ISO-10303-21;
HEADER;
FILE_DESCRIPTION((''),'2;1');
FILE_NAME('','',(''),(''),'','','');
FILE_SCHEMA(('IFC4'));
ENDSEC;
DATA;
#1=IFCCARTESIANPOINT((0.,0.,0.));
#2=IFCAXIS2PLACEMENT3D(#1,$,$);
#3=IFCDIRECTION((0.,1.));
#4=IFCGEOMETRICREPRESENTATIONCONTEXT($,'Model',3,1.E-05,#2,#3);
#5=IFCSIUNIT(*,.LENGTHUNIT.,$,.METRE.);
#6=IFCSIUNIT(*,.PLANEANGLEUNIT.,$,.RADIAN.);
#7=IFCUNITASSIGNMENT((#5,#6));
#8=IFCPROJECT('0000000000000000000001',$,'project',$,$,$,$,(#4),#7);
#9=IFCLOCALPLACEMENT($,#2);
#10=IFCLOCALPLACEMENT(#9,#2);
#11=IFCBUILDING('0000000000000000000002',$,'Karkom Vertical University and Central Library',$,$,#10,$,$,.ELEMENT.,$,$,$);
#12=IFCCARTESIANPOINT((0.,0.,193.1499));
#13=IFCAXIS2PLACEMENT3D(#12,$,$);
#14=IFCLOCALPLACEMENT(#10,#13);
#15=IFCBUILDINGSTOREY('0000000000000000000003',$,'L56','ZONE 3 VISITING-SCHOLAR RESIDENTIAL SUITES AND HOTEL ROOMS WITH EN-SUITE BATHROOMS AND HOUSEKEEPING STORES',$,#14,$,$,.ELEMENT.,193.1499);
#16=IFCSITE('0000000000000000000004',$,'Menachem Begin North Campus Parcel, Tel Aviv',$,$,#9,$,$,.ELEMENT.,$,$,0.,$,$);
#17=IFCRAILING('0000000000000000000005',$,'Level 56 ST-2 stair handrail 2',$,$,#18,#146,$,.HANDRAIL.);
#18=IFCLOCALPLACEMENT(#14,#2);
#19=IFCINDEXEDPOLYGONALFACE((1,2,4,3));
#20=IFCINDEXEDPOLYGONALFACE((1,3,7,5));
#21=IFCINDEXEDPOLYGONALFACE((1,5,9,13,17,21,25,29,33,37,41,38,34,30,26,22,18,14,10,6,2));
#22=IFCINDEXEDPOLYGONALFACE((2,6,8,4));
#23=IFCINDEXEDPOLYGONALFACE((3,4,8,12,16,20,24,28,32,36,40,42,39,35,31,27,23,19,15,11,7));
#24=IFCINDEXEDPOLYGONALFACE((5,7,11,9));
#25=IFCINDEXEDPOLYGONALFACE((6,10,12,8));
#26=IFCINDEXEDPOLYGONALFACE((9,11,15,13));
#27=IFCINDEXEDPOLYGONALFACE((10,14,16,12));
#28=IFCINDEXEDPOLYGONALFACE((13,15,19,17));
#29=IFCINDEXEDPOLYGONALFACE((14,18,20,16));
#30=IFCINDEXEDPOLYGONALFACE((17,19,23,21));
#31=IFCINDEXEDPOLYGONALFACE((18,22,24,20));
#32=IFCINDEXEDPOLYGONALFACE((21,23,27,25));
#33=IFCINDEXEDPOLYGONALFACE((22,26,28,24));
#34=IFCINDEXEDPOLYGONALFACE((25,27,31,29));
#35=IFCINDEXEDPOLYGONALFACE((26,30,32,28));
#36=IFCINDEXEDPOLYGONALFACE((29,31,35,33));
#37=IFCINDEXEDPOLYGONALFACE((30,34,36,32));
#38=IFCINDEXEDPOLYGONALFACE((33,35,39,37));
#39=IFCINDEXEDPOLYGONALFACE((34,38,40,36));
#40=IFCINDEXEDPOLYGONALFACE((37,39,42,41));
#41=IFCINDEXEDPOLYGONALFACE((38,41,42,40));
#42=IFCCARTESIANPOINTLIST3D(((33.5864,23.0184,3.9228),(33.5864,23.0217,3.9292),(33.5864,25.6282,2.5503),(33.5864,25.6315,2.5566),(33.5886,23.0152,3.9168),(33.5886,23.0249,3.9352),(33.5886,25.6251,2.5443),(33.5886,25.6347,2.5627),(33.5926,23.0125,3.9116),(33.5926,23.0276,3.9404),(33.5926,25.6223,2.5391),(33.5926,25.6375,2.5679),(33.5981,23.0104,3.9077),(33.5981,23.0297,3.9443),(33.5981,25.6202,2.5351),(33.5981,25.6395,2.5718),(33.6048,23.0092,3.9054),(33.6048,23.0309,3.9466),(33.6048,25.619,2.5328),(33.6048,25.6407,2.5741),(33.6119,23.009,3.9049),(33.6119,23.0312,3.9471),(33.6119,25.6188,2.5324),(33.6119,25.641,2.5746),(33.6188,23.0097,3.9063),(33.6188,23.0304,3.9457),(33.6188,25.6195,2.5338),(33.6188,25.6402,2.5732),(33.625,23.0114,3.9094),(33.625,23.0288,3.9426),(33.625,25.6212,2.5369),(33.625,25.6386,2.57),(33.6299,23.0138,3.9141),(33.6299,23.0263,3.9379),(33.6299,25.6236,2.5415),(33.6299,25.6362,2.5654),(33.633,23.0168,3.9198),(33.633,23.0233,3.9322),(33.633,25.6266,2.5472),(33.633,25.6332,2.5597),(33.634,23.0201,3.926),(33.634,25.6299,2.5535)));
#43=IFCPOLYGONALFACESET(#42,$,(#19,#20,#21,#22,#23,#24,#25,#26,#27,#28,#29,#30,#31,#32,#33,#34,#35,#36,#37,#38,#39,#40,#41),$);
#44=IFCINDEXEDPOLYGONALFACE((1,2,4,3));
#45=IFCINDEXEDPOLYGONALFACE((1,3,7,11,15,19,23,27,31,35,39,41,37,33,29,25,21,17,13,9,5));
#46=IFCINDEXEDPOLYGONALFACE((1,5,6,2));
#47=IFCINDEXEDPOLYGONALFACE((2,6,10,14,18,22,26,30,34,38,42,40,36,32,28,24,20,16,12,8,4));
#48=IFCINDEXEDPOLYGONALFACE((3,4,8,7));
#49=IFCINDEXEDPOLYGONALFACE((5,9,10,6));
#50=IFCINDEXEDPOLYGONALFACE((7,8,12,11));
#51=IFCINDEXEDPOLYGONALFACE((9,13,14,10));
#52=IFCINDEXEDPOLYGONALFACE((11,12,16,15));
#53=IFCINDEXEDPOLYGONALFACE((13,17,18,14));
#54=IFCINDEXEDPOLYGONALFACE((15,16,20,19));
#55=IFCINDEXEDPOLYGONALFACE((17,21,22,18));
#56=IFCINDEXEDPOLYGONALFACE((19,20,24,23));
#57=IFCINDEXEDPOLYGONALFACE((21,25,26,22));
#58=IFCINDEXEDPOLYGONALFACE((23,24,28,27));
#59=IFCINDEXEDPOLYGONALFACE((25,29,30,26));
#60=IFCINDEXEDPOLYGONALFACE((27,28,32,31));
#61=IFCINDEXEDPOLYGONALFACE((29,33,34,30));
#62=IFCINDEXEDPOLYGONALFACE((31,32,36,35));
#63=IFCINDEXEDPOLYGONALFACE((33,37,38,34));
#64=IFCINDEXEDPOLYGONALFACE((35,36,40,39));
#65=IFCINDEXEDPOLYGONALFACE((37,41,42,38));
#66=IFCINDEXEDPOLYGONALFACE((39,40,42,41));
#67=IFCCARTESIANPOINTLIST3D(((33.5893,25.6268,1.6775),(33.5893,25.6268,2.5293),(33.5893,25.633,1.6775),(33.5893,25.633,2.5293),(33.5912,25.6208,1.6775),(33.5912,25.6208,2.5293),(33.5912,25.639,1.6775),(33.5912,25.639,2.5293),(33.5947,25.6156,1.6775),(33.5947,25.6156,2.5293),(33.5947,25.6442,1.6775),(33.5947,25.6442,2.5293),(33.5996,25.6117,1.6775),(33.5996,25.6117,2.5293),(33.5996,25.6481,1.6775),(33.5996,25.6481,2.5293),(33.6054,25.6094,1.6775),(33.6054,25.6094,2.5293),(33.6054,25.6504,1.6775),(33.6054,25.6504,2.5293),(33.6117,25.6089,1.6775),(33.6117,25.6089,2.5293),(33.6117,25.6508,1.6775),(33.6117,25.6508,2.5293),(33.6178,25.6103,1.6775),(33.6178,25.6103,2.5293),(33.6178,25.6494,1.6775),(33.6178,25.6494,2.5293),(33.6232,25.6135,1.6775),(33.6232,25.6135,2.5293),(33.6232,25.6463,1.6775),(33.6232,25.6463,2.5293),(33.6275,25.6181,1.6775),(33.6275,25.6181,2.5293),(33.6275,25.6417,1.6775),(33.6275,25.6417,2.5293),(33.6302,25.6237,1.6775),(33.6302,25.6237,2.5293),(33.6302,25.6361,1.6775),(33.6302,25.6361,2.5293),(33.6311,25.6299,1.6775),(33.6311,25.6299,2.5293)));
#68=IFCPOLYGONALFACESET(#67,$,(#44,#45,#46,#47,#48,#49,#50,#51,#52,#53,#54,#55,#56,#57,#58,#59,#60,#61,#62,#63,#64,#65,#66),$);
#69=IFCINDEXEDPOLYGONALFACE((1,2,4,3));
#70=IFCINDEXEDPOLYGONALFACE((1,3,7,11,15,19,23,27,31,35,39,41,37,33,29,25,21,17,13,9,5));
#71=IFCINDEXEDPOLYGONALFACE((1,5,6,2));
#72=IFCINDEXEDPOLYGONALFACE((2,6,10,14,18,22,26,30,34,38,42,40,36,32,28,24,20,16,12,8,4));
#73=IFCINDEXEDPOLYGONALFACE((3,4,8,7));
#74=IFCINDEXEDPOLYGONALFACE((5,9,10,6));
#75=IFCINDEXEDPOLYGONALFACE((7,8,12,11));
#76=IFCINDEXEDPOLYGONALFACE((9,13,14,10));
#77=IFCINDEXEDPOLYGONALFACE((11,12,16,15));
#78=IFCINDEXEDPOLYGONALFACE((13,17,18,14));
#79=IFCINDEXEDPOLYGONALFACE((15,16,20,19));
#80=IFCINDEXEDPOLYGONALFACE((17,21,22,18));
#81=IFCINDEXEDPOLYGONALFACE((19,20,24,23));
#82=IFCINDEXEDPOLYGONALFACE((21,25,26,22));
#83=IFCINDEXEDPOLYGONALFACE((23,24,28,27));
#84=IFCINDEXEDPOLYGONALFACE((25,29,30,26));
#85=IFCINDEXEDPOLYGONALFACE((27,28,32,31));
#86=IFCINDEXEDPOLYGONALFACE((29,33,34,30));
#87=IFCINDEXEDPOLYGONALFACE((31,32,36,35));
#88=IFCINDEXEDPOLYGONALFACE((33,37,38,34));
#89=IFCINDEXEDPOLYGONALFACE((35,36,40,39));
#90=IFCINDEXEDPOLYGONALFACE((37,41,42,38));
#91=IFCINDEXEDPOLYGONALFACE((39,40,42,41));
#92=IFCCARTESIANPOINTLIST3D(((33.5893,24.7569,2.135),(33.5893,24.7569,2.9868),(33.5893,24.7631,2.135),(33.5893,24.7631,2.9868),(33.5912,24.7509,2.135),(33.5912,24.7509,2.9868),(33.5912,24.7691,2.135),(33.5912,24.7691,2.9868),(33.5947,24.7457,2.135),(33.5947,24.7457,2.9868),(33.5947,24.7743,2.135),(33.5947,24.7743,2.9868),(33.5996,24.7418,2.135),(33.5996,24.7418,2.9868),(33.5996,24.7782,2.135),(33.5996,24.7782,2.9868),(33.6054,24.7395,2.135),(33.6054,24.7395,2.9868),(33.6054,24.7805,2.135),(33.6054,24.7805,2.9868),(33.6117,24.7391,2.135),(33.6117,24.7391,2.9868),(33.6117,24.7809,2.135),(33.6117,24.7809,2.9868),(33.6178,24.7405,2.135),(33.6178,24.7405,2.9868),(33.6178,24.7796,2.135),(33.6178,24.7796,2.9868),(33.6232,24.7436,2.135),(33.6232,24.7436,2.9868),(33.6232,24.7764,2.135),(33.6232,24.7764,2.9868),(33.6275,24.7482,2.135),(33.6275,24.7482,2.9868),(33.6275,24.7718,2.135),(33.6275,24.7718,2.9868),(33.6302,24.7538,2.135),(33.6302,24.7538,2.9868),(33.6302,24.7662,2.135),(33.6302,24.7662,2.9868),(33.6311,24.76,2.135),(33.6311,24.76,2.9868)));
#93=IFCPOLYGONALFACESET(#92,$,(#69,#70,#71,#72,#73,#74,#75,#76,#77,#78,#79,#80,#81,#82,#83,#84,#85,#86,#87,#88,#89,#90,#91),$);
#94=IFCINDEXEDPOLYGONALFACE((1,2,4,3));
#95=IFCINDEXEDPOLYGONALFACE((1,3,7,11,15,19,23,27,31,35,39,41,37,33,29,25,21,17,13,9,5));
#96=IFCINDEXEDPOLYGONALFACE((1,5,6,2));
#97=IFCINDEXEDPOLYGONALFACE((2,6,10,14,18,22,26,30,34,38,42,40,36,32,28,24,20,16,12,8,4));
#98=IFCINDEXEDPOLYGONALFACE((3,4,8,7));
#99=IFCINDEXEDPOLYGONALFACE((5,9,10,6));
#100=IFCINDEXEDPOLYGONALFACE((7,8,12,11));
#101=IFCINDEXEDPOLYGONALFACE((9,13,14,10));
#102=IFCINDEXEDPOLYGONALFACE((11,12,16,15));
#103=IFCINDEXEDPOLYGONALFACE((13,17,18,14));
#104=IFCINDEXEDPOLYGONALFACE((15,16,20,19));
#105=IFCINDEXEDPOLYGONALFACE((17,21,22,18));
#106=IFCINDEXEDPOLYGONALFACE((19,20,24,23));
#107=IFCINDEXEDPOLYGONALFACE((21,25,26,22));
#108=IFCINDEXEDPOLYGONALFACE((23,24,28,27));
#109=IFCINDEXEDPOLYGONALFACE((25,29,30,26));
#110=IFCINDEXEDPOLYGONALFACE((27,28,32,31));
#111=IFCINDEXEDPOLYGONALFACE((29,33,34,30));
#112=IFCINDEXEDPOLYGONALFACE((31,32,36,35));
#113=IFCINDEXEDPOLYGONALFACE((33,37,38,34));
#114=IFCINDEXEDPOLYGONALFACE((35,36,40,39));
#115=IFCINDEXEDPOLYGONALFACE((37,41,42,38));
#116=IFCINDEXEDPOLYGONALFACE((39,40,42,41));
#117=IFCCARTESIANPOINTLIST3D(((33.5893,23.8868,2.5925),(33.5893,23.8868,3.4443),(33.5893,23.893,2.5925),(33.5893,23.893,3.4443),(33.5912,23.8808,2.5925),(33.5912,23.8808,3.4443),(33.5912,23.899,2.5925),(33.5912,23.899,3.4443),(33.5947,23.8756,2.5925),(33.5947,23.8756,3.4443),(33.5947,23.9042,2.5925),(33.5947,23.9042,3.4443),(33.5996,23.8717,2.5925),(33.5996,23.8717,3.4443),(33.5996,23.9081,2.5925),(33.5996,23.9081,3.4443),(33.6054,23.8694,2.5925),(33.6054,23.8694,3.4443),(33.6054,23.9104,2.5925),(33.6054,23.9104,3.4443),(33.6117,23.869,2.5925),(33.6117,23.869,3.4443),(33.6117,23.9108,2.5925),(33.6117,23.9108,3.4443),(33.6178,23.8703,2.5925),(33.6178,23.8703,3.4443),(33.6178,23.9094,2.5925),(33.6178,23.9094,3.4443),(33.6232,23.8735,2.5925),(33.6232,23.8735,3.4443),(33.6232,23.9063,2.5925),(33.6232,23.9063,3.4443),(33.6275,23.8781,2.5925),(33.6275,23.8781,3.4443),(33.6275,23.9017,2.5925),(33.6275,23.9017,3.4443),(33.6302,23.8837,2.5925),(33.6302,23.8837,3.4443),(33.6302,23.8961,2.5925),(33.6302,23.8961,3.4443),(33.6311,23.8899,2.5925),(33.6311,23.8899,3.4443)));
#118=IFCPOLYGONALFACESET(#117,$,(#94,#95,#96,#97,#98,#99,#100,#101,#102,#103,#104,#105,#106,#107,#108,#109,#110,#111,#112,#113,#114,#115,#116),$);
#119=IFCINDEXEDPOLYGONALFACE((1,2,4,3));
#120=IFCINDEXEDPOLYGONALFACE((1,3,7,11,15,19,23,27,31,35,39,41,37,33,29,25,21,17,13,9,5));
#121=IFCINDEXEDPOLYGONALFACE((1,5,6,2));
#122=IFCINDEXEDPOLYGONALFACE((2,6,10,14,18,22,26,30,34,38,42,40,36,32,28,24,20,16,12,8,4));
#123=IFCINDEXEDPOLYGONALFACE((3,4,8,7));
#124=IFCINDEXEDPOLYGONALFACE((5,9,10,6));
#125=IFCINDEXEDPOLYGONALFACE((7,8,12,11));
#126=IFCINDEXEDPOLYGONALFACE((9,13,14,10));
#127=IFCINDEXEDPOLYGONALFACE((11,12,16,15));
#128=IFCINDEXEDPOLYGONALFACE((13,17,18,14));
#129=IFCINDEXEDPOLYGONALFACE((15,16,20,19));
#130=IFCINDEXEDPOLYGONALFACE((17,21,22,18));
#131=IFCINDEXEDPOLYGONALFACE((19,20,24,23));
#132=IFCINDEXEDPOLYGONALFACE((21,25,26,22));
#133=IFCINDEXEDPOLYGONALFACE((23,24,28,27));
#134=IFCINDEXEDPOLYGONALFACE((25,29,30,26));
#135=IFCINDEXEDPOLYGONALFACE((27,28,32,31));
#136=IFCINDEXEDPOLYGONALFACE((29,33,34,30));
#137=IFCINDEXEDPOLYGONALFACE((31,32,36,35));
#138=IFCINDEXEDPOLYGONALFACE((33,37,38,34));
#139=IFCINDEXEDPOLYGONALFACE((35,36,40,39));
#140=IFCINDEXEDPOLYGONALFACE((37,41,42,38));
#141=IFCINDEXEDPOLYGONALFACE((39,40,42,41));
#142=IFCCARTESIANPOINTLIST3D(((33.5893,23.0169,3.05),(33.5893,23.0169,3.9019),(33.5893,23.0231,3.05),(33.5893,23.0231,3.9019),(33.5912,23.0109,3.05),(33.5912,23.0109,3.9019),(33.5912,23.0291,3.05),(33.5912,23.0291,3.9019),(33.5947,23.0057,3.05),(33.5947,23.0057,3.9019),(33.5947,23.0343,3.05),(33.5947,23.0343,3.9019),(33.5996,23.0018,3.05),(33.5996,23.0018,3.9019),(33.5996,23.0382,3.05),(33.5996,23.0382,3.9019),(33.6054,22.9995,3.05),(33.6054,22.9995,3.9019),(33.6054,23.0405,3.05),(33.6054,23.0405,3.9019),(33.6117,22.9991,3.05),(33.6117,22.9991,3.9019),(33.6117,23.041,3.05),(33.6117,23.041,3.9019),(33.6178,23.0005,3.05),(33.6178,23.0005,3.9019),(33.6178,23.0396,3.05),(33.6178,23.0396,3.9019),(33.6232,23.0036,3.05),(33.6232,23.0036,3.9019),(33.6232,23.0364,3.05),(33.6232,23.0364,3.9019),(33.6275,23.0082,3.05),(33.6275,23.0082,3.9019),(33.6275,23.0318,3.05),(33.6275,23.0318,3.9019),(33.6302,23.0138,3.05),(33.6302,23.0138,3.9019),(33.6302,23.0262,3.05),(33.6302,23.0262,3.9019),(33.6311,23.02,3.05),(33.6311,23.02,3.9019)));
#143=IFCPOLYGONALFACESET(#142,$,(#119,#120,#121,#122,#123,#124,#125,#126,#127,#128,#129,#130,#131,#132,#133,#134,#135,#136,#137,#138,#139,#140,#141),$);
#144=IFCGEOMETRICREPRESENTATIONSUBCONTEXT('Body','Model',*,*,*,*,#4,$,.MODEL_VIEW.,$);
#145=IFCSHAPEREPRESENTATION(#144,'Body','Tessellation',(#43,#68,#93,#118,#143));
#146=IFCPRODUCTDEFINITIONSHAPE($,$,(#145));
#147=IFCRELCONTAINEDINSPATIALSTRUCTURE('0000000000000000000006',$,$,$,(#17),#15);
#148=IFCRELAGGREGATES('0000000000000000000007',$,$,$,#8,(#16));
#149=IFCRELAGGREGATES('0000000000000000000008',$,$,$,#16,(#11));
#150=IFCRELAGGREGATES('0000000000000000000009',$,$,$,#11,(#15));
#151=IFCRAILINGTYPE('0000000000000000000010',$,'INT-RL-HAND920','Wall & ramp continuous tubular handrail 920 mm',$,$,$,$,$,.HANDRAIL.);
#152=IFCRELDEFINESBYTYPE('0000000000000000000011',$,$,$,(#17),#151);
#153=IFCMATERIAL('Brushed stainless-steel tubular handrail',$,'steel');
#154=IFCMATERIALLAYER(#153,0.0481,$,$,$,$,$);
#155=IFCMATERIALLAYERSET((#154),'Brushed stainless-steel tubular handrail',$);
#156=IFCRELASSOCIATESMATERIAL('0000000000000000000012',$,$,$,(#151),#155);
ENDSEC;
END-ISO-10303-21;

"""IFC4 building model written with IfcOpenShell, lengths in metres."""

from ifc_helpers import new_model, si_unit, direction, frame, origin, origin_2d, place, context, subcontext, project, spatial, circle, extrude, material, layer, layer_set, type_object, element, save


model = new_model("IFC4")

# Units and contexts
model_context = context("Model", 3, precision=1e-05, world=origin(), true_north=direction((0.0, 1.0)))
body_context = subcontext(model_context, "Body", "Model", "MODEL_VIEW")
ifc_project = project(units=[si_unit("LENGTHUNIT", "METRE"), si_unit("PLANEANGLEUNIT", "RADIAN")], contexts=[model_context])

# Site, building, storey
site_placement = place(None, origin())
site = spatial("IfcSite", under=ifc_project, at=site_placement, Name="Menachem Begin North Campus Parcel, Tel Aviv", CompositionType="ELEMENT", RefElevation=0.0)
building_placement = place(site_placement, origin())
building = spatial("IfcBuilding", under=site, at=building_placement, Name="Karkom Vertical University and Central Library", CompositionType="ELEMENT")
storey_placement = place(building_placement, frame((0.0, 0.0, 193.1499)))
storey = spatial("IfcBuildingStorey", under=building, at=storey_placement, Name="L56", Description="ZONE 3 VISITING-SCHOLAR RESIDENTIAL SUITES AND HOTEL ROOMS WITH EN-SUITE BATHROOMS AND HOUSEKEEPING STORES", CompositionType="ELEMENT", Elevation=193.1499)

# Railing
ifc_material_1 = material(Name="Brushed stainless-steel tubular handrail", Category="steel")
ifc_layer_1 = layer(ifc_material_1, 0.0481)
ifc_layer_set_1 = layer_set([ifc_layer_1], Name="Brushed stainless-steel tubular handrail")
railing_type_1 = type_object("IfcRailingType", Name="INT-RL-HAND920", Description="Wall & ramp continuous tubular handrail 920 mm", PredefinedType="HANDRAIL", material=ifc_layer_set_1)
railing_1_placement = place(storey_placement, frame((33.6101, 25.6299, 1.6775)))
element("IfcRailing", 1, at=railing_1_placement, inside=storey, type_object=railing_type_1, Name="Level 56 ST-2 stair handrail 2", PredefinedType="HANDRAIL", context=body_context, shape_type="SweptSolid", body=[
    extrude(circle(Radius=0.0239, at=origin_2d()), frame((0.0, 0.0, 0.876), z_axis=(0.0, -0.885065, 0.465467), x_axis=(1.0, 0.0, 0.0)), (0.0, 0.0, 1.0), 2.9487),
    extrude(circle(Radius=0.021, at=origin_2d()), origin(), (0.0, 0.0, 1.0), 0.8518),
    extrude(circle(Radius=0.021, at=origin_2d()), frame((0.0, -0.8699, 0.4575)), (0.0, 0.0, 1.0), 0.8518),
    extrude(circle(Radius=0.021, at=origin_2d()), frame((0.0, -1.74, 0.915)), (0.0, 0.0, 1.0), 0.8518),
    extrude(circle(Radius=0.021, at=origin_2d()), frame((0.0, -2.6099, 1.3726)), (0.0, 0.0, 1.0), 0.8518),
])

save(model, "model.ifc")
